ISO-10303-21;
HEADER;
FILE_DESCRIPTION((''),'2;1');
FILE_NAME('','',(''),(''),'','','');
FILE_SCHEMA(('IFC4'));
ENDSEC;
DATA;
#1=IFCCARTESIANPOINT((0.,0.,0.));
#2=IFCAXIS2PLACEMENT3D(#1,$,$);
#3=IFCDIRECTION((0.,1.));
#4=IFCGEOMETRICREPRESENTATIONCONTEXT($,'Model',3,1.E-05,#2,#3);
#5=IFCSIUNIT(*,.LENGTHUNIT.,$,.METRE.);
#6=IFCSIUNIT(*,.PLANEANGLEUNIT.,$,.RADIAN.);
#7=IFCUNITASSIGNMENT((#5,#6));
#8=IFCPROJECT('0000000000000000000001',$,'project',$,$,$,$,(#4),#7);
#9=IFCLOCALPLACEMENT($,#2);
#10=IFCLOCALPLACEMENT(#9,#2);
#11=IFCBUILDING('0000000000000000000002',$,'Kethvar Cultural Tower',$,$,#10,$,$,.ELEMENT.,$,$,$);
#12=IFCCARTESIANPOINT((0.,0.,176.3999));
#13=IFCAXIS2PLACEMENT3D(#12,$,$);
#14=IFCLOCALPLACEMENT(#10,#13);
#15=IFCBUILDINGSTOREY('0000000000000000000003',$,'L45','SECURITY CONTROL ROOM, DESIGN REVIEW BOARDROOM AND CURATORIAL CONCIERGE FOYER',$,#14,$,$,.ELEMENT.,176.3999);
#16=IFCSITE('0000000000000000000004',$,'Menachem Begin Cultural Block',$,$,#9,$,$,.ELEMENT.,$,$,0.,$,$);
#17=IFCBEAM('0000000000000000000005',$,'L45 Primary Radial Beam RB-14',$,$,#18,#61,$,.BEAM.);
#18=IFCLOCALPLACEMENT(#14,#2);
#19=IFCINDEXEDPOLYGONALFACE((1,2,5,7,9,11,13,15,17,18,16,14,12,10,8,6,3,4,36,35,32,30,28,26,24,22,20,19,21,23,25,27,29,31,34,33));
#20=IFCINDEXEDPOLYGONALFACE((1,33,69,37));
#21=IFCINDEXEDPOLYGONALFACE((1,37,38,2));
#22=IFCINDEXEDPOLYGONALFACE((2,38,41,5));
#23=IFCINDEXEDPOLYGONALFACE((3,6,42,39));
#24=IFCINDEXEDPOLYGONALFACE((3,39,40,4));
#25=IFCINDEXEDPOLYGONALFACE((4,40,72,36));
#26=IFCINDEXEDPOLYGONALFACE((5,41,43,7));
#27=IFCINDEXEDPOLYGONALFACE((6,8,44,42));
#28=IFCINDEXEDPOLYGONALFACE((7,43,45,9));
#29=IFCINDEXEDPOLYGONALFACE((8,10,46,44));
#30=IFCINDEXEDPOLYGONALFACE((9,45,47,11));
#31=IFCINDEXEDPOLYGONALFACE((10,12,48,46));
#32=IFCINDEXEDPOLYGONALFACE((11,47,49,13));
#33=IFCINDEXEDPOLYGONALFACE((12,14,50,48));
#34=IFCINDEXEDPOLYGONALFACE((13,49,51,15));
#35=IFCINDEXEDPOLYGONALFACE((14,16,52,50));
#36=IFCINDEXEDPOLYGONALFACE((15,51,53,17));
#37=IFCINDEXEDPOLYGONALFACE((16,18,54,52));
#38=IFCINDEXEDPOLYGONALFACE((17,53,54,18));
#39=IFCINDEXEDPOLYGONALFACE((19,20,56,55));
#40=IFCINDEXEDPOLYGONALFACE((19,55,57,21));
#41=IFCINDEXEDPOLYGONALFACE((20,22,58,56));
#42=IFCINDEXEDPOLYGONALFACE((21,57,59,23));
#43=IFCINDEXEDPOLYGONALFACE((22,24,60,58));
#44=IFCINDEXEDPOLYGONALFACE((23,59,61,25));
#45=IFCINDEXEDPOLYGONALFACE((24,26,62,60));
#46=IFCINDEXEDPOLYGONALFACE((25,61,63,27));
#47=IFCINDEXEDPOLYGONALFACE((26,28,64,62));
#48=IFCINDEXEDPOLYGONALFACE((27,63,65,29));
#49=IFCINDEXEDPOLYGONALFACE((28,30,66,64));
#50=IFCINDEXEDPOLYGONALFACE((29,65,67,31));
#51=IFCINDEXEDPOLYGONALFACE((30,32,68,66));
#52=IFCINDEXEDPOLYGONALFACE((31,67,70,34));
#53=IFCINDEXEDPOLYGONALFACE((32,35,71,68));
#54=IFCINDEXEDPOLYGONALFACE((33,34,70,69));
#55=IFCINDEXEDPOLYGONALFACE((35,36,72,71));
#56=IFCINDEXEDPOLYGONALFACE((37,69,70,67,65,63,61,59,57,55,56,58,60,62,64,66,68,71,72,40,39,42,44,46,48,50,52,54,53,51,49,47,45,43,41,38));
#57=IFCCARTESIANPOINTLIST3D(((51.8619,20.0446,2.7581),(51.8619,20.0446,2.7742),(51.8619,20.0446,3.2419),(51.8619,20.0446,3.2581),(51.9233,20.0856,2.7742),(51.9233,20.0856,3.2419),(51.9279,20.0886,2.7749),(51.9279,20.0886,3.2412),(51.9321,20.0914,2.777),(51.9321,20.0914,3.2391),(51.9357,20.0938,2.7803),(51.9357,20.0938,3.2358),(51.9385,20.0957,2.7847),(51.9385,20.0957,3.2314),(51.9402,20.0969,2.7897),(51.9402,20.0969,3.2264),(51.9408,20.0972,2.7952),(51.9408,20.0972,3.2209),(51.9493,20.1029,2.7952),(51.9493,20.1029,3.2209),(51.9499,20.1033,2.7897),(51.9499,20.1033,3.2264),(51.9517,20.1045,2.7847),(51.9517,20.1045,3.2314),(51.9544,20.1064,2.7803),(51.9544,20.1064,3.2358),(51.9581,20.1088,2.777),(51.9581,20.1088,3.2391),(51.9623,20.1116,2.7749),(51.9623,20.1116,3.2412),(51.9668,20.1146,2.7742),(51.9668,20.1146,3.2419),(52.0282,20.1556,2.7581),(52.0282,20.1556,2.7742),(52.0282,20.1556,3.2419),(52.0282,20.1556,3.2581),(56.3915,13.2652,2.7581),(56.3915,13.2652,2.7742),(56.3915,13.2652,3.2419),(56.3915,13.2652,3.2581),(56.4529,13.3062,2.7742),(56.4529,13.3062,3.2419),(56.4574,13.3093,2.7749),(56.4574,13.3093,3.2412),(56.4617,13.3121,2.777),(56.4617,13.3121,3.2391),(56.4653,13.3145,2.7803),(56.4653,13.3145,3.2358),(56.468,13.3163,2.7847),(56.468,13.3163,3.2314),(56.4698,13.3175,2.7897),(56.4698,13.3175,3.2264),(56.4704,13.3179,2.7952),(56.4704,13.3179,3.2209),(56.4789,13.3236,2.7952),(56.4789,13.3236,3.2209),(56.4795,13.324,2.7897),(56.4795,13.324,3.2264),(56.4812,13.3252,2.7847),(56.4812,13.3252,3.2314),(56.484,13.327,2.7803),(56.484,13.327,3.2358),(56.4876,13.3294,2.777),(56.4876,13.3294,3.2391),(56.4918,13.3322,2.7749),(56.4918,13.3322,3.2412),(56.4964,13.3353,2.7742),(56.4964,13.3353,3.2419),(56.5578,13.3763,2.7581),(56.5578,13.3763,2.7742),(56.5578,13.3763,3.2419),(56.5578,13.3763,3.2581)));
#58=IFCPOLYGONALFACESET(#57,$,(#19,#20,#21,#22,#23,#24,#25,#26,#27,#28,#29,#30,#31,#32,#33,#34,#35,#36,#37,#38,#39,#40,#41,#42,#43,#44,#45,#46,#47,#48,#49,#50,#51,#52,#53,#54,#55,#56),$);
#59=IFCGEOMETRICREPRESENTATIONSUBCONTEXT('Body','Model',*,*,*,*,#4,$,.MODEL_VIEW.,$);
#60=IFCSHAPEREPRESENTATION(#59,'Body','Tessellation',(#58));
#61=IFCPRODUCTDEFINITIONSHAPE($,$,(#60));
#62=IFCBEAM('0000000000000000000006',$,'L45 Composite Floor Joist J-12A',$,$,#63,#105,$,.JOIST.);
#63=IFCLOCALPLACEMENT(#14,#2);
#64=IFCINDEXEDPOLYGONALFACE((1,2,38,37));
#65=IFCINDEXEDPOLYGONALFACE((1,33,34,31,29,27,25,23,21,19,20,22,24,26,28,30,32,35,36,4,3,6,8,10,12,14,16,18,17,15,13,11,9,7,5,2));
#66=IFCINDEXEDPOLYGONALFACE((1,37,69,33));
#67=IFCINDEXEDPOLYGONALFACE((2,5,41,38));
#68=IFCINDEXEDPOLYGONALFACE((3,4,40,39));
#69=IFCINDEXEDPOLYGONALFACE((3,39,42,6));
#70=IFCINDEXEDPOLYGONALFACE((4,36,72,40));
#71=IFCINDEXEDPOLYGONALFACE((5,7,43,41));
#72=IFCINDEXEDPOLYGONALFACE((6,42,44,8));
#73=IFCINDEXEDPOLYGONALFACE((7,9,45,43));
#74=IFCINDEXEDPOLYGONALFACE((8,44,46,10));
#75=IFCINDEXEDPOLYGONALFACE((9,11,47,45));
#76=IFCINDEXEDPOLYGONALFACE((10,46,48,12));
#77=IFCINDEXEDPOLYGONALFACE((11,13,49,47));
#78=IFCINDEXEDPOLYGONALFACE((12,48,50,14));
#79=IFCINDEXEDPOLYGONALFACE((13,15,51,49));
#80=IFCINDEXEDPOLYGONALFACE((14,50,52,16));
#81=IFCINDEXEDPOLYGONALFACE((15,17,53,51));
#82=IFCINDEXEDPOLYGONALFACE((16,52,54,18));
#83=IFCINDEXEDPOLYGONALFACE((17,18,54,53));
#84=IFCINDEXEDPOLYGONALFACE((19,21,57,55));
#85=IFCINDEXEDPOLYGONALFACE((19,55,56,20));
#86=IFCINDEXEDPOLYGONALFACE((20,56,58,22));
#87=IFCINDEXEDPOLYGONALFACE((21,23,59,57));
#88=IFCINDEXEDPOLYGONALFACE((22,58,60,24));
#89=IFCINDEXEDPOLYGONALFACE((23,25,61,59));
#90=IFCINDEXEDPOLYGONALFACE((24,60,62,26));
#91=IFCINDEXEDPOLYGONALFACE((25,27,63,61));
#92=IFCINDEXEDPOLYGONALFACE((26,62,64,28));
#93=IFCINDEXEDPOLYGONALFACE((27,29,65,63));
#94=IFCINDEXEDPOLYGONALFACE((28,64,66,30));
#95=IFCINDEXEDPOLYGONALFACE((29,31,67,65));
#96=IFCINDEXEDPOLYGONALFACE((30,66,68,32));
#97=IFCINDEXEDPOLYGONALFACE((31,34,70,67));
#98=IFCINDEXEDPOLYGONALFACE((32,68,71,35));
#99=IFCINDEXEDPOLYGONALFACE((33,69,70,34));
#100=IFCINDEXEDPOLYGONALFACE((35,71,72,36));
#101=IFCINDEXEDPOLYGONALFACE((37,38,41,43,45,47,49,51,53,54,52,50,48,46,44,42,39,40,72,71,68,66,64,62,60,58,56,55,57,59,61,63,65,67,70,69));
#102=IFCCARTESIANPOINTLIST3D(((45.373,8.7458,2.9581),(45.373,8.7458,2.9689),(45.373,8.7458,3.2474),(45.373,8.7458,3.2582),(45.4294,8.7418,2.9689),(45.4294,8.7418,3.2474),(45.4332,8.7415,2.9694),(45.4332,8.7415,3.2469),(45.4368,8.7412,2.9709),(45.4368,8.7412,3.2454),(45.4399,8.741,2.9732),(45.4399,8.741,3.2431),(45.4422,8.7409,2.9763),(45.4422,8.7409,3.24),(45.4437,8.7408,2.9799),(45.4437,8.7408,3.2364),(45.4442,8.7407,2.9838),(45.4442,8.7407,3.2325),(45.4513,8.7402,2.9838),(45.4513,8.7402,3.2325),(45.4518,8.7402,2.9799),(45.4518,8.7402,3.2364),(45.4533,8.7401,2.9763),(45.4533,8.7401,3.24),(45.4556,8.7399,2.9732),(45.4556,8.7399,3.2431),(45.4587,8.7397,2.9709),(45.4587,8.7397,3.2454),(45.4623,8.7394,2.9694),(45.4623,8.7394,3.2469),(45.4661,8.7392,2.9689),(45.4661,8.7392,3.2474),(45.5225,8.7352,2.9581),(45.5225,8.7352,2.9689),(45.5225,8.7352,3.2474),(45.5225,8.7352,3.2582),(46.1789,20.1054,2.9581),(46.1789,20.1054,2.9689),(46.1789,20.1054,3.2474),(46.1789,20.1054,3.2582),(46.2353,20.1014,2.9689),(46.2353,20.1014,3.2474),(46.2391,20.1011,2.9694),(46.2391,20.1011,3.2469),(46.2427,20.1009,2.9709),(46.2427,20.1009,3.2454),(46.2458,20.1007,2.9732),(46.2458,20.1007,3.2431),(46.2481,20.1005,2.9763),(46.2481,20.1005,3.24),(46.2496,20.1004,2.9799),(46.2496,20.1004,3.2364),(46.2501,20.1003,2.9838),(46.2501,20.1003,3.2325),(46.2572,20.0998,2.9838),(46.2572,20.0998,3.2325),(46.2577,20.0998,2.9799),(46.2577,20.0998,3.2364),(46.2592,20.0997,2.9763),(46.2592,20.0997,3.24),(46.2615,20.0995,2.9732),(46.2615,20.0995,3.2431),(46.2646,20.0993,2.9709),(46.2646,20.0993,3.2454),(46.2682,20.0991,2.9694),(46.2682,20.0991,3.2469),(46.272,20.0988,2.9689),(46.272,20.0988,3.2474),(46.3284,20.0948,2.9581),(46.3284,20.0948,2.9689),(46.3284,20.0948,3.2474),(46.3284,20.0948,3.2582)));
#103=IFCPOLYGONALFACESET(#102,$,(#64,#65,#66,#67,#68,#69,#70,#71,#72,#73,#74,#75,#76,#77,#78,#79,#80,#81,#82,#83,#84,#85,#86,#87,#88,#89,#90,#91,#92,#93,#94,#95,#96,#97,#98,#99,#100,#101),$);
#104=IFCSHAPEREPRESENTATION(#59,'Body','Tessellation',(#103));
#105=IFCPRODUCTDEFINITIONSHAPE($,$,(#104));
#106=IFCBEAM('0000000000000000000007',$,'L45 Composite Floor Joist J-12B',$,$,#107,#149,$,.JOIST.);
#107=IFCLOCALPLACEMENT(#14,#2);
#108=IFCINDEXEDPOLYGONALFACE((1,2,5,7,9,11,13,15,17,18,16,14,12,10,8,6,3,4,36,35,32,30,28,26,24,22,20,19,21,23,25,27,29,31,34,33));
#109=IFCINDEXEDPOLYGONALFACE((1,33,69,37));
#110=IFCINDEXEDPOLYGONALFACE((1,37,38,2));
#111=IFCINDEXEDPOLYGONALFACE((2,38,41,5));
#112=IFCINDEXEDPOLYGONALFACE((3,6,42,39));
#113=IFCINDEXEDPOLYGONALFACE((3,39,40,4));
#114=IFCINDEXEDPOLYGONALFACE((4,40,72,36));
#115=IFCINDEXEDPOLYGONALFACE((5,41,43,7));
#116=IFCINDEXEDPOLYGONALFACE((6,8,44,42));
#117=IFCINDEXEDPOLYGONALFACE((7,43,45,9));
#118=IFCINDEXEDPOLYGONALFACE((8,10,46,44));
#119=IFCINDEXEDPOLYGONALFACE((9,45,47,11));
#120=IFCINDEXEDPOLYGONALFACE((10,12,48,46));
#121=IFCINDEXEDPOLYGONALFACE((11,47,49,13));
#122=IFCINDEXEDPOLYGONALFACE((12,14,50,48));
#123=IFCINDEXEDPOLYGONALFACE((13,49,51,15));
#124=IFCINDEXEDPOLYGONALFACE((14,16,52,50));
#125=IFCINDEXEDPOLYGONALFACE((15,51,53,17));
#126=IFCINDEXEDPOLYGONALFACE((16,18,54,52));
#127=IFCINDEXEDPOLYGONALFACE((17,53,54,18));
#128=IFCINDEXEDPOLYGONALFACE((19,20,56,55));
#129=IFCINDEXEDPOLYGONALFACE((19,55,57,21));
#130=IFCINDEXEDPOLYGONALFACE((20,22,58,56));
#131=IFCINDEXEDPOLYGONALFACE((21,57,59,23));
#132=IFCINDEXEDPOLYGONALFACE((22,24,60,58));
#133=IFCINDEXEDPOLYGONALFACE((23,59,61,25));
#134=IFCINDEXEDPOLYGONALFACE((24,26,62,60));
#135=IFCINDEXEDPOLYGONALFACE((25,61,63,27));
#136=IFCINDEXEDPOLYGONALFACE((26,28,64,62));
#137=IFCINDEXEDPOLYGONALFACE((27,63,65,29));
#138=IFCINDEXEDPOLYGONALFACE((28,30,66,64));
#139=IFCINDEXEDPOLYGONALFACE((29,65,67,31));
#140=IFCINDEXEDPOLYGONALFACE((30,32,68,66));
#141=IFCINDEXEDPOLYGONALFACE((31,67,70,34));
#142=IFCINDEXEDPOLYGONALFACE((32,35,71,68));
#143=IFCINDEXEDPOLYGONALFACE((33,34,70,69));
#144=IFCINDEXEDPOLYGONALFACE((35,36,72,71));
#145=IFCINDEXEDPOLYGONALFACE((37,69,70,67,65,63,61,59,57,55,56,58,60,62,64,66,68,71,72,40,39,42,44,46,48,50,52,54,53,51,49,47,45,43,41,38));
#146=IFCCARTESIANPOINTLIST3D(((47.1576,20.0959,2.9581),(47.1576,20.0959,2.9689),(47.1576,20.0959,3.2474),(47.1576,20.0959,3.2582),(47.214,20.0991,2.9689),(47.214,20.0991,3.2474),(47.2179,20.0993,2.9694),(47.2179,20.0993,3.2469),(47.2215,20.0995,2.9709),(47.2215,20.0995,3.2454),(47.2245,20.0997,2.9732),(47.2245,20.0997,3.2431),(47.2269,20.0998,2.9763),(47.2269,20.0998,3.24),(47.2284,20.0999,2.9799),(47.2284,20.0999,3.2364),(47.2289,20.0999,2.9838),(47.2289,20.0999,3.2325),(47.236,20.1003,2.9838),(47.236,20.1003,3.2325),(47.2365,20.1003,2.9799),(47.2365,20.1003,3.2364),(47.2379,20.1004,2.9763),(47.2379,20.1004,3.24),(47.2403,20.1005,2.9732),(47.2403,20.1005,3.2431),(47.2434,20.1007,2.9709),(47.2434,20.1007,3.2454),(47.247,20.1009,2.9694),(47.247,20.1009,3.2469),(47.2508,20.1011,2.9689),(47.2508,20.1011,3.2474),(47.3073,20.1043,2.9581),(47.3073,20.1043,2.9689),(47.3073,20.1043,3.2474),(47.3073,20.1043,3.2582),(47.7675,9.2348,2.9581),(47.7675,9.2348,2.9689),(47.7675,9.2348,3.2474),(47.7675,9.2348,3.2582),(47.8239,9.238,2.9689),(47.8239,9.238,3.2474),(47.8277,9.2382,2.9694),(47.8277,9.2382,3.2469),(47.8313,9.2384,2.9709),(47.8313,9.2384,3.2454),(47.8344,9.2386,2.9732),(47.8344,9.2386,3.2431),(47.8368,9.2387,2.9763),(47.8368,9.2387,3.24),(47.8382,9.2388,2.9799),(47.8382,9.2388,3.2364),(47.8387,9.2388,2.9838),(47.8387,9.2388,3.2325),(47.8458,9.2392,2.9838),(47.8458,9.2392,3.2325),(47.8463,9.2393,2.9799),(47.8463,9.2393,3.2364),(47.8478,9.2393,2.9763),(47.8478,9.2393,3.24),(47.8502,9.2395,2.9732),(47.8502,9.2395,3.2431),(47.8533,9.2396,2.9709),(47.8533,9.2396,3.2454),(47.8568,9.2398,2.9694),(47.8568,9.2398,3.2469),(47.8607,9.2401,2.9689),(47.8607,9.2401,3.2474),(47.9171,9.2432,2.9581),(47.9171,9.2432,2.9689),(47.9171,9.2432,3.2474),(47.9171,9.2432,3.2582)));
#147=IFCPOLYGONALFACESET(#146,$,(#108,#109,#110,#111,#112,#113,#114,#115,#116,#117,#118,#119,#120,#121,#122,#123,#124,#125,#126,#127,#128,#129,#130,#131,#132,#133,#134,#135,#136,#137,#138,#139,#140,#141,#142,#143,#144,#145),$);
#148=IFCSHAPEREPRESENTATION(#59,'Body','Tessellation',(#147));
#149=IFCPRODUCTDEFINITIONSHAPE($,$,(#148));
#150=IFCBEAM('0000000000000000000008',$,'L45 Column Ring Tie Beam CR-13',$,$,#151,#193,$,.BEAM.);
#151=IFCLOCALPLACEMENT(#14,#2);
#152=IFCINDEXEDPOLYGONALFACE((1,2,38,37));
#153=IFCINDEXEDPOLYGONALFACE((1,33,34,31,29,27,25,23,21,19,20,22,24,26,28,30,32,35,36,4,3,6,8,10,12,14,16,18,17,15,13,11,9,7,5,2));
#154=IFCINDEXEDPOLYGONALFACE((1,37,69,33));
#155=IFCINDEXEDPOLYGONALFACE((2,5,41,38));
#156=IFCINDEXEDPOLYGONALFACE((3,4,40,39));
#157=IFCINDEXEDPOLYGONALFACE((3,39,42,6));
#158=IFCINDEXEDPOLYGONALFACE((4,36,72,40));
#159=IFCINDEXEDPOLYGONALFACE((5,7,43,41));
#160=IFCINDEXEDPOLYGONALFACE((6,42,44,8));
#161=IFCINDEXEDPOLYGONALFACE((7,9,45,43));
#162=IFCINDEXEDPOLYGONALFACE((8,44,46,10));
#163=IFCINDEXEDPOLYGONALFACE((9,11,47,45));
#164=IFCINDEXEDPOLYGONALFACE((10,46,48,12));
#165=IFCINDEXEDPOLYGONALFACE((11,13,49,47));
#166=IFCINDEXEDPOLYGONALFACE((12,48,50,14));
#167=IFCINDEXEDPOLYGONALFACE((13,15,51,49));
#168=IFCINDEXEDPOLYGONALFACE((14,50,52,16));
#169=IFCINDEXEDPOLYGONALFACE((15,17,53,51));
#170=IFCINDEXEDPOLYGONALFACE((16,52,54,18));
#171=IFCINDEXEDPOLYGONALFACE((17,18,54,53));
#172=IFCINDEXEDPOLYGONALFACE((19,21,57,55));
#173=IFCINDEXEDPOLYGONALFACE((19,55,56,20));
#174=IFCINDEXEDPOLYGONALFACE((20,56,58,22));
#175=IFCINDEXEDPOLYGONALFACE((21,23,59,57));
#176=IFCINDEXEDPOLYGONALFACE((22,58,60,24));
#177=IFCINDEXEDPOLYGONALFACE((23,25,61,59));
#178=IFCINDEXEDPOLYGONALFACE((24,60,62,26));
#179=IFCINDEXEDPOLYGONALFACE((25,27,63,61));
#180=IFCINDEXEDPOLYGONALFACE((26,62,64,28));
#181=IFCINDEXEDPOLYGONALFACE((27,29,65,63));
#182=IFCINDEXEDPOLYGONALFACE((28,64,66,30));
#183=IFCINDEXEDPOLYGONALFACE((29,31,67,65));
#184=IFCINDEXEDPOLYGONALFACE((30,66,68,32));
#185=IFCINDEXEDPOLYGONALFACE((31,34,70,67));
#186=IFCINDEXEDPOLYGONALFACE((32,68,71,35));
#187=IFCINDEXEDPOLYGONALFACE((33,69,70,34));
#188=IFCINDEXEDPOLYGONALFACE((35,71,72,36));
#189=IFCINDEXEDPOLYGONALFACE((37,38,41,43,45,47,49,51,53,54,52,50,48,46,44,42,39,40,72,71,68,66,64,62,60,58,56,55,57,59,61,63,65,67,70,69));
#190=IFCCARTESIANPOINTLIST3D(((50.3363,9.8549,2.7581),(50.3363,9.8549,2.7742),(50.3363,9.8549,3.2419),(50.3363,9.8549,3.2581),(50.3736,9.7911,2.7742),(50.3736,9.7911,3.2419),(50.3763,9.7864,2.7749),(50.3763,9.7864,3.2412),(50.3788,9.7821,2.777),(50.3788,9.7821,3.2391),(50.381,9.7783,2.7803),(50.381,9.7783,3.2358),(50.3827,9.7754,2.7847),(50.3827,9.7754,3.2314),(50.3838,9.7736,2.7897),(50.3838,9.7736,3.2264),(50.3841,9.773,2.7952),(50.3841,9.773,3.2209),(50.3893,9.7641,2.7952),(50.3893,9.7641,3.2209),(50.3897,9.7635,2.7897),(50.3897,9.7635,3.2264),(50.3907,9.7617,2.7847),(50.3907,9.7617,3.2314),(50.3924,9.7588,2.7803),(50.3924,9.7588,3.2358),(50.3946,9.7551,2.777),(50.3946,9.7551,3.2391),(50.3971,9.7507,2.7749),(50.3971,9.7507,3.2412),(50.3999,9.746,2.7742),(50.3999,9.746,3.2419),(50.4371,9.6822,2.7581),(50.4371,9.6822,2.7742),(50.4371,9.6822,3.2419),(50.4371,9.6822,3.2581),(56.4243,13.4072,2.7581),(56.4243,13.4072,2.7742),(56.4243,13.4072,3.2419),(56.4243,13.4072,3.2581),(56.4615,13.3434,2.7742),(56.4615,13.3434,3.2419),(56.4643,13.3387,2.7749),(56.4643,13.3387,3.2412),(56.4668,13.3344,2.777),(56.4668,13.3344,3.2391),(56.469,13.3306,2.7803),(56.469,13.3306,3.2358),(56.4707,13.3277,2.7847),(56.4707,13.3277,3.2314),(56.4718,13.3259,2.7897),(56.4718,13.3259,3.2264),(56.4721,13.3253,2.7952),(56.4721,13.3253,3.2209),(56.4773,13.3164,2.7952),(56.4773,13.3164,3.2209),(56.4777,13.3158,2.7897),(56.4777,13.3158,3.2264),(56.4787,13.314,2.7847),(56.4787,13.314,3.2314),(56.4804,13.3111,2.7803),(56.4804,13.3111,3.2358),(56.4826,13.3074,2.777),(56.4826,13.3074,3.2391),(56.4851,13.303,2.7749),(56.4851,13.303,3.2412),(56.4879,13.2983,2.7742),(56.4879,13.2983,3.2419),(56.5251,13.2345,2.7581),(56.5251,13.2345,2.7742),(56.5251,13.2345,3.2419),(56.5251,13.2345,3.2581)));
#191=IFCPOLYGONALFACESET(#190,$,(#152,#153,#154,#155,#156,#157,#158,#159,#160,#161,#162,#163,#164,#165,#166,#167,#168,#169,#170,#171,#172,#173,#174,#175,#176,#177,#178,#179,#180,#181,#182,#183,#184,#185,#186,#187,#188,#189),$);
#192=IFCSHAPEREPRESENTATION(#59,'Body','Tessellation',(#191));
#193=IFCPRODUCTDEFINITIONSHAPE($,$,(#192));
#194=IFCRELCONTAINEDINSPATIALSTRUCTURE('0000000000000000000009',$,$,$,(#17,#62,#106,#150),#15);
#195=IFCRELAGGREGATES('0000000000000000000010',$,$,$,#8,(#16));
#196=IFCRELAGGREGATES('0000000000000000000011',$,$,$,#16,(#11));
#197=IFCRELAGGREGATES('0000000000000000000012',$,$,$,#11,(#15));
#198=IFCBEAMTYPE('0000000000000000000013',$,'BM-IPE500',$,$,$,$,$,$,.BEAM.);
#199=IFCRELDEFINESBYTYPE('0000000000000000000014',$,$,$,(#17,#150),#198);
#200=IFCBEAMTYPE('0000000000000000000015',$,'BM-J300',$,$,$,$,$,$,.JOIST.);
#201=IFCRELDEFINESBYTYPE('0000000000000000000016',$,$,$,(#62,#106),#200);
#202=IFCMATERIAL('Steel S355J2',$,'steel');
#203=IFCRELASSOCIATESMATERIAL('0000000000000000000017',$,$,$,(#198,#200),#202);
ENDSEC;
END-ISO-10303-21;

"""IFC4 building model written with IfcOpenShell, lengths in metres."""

from ifc_helpers import new_model, si_unit, direction, frame, origin, origin_2d, place, context, subcontext, project, spatial, i_section, extrude, source, transform, mapped, material, material_profile, profile_set, type_object, element, save


model = new_model("IFC4")

# Units and contexts
model_context = context("Model", 3, precision=1e-05, world=origin(), true_north=direction((0.0, 1.0)))
body_context = subcontext(model_context, "Body", "Model", "MODEL_VIEW")
ifc_project = project(units=[si_unit("LENGTHUNIT", "METRE"), si_unit("PLANEANGLEUNIT", "RADIAN")], contexts=[model_context])

# Site, building, storey
site_placement = place(None, origin())
site = spatial("IfcSite", under=ifc_project, at=site_placement, Name="Menachem Begin Cultural Block", CompositionType="ELEMENT", RefElevation=0.0)
building_placement = place(site_placement, origin())
building = spatial("IfcBuilding", under=site, at=building_placement, Name="Kethvar Cultural Tower", CompositionType="ELEMENT")
storey_placement = place(building_placement, frame((0.0, 0.0, 176.3999)))
storey = spatial("IfcBuildingStorey", under=building, at=storey_placement, Name="L45", Description="SECURITY CONTROL ROOM, DESIGN REVIEW BOARDROOM AND CURATORIAL CONCIERGE FOYER", CompositionType="ELEMENT", Elevation=176.3999)

# Beams
ifc_material_1 = material(Name="Steel S355J2", Category="steel")
ifc_material_profile_1 = material_profile(ifc_material_1, i_section(OverallWidth=0.2, OverallDepth=0.5, WebThickness=0.0103, FlangeThickness=0.0161, FilletRadius=0.021, at=origin_2d()), Name="Steel S355J2 — IPE500")
ifc_profile_set_1 = profile_set([ifc_material_profile_1], Name="Steel S355J2 — IPE500")
beam_type_1 = type_object("IfcBeamType", Name="BM-IPE500", PredefinedType="BEAM", material=ifc_profile_set_1)
shared_shape_1 = source(origin(), body_context, "Body", "SweptSolid", [
    extrude(i_section(OverallWidth=0.2, OverallDepth=0.5, WebThickness=0.0103, FlangeThickness=0.0161, FilletRadius=0.021, at=origin_2d()), origin(), (0.0, 0.0, 1.0), 8.1533),
])
beam_1_placement = place(storey_placement, frame((51.9451, 20.1001, 3.0081), z_axis=(0.55555, -0.831483, 0.0), x_axis=(0.831483, 0.55555, 0.0)))
element("IfcBeam", 1, at=beam_1_placement, inside=storey, type_object=beam_type_1, Name="L45 Primary Radial Beam RB-14", PredefinedType="BEAM", context=body_context, shape_type="MappedRepresentation", body=[
    mapped(shared_shape_1, transform((0.0, 0.0, 0.0), scale=1.0)),
])
ifc_material_profile_2 = material_profile(ifc_material_1, i_section(OverallWidth=0.1499, OverallDepth=0.3, WebThickness=0.0071, FlangeThickness=0.0107, FilletRadius=0.0149, at=origin_2d()), Name="Steel S355J2 — IPE300")
ifc_profile_set_2 = profile_set([ifc_material_profile_2], Name="Steel S355J2 — IPE300")
beam_type_2 = type_object("IfcBeamType", Name="BM-J300", PredefinedType="JOIST", material=ifc_profile_set_2)
shared_shape_2 = source(origin(), body_context, "Body", "SweptSolid", [
    extrude(i_section(OverallWidth=0.1499, OverallDepth=0.3, WebThickness=0.0071, FlangeThickness=0.0107, FilletRadius=0.0149, at=origin_2d()), origin(), (0.0, 0.0, 1.0), 11.3882),
])
beam_2_placement = place(storey_placement, frame((46.2537, 20.1001, 3.1082), z_axis=(-0.070767, -0.997493, 0.0), x_axis=(0.997493, -0.070767, 0.0)))
element("IfcBeam", 2, at=beam_2_placement, inside=storey, type_object=beam_type_2, Name="L45 Composite Floor Joist J-12A", PredefinedType="JOIST", context=body_context, shape_type="MappedRepresentation", body=[
    mapped(shared_shape_2, transform((0.0, 0.0, 0.0), scale=1.0)),
])
shared_shape_3 = source(origin(), body_context, "Body", "SweptSolid", [
    extrude(i_section(OverallWidth=0.1499, OverallDepth=0.3, WebThickness=0.0071, FlangeThickness=0.0107, FilletRadius=0.0149, at=origin_2d()), origin(), (0.0, 0.0, 1.0), 10.8782),
])
beam_3_placement = place(storey_placement, frame((47.2324, 20.1001, 3.1082), z_axis=(0.056063, -0.998427, 0.0), x_axis=(0.998427, 0.056063, 0.0)))
element("IfcBeam", 3, at=beam_3_placement, inside=storey, type_object=beam_type_2, Name="L45 Composite Floor Joist J-12B", PredefinedType="JOIST", context=body_context, shape_type="MappedRepresentation", body=[
    mapped(shared_shape_3, transform((0.0, 0.0, 0.0), scale=1.0)),
])
shared_shape_4 = source(origin(), body_context, "Body", "SweptSolid", [
    extrude(i_section(OverallWidth=0.2, OverallDepth=0.5, WebThickness=0.0103, FlangeThickness=0.0161, FilletRadius=0.021, at=origin_2d()), origin(), (0.0, 0.0, 1.0), 7.0486),
])
beam_4_placement = place(storey_placement, frame((50.3867, 9.7686, 3.0081), z_axis=(0.863719, 0.503974, 0.0), x_axis=(-0.503974, 0.863719, 0.0)))
element("IfcBeam", 4, at=beam_4_placement, inside=storey, type_object=beam_type_1, Name="L45 Column Ring Tie Beam CR-13", PredefinedType="BEAM", context=body_context, shape_type="MappedRepresentation", body=[
    mapped(shared_shape_4, transform((0.0, 0.0, 0.0), scale=1.0)),
])

save(model, "model.ifc")
